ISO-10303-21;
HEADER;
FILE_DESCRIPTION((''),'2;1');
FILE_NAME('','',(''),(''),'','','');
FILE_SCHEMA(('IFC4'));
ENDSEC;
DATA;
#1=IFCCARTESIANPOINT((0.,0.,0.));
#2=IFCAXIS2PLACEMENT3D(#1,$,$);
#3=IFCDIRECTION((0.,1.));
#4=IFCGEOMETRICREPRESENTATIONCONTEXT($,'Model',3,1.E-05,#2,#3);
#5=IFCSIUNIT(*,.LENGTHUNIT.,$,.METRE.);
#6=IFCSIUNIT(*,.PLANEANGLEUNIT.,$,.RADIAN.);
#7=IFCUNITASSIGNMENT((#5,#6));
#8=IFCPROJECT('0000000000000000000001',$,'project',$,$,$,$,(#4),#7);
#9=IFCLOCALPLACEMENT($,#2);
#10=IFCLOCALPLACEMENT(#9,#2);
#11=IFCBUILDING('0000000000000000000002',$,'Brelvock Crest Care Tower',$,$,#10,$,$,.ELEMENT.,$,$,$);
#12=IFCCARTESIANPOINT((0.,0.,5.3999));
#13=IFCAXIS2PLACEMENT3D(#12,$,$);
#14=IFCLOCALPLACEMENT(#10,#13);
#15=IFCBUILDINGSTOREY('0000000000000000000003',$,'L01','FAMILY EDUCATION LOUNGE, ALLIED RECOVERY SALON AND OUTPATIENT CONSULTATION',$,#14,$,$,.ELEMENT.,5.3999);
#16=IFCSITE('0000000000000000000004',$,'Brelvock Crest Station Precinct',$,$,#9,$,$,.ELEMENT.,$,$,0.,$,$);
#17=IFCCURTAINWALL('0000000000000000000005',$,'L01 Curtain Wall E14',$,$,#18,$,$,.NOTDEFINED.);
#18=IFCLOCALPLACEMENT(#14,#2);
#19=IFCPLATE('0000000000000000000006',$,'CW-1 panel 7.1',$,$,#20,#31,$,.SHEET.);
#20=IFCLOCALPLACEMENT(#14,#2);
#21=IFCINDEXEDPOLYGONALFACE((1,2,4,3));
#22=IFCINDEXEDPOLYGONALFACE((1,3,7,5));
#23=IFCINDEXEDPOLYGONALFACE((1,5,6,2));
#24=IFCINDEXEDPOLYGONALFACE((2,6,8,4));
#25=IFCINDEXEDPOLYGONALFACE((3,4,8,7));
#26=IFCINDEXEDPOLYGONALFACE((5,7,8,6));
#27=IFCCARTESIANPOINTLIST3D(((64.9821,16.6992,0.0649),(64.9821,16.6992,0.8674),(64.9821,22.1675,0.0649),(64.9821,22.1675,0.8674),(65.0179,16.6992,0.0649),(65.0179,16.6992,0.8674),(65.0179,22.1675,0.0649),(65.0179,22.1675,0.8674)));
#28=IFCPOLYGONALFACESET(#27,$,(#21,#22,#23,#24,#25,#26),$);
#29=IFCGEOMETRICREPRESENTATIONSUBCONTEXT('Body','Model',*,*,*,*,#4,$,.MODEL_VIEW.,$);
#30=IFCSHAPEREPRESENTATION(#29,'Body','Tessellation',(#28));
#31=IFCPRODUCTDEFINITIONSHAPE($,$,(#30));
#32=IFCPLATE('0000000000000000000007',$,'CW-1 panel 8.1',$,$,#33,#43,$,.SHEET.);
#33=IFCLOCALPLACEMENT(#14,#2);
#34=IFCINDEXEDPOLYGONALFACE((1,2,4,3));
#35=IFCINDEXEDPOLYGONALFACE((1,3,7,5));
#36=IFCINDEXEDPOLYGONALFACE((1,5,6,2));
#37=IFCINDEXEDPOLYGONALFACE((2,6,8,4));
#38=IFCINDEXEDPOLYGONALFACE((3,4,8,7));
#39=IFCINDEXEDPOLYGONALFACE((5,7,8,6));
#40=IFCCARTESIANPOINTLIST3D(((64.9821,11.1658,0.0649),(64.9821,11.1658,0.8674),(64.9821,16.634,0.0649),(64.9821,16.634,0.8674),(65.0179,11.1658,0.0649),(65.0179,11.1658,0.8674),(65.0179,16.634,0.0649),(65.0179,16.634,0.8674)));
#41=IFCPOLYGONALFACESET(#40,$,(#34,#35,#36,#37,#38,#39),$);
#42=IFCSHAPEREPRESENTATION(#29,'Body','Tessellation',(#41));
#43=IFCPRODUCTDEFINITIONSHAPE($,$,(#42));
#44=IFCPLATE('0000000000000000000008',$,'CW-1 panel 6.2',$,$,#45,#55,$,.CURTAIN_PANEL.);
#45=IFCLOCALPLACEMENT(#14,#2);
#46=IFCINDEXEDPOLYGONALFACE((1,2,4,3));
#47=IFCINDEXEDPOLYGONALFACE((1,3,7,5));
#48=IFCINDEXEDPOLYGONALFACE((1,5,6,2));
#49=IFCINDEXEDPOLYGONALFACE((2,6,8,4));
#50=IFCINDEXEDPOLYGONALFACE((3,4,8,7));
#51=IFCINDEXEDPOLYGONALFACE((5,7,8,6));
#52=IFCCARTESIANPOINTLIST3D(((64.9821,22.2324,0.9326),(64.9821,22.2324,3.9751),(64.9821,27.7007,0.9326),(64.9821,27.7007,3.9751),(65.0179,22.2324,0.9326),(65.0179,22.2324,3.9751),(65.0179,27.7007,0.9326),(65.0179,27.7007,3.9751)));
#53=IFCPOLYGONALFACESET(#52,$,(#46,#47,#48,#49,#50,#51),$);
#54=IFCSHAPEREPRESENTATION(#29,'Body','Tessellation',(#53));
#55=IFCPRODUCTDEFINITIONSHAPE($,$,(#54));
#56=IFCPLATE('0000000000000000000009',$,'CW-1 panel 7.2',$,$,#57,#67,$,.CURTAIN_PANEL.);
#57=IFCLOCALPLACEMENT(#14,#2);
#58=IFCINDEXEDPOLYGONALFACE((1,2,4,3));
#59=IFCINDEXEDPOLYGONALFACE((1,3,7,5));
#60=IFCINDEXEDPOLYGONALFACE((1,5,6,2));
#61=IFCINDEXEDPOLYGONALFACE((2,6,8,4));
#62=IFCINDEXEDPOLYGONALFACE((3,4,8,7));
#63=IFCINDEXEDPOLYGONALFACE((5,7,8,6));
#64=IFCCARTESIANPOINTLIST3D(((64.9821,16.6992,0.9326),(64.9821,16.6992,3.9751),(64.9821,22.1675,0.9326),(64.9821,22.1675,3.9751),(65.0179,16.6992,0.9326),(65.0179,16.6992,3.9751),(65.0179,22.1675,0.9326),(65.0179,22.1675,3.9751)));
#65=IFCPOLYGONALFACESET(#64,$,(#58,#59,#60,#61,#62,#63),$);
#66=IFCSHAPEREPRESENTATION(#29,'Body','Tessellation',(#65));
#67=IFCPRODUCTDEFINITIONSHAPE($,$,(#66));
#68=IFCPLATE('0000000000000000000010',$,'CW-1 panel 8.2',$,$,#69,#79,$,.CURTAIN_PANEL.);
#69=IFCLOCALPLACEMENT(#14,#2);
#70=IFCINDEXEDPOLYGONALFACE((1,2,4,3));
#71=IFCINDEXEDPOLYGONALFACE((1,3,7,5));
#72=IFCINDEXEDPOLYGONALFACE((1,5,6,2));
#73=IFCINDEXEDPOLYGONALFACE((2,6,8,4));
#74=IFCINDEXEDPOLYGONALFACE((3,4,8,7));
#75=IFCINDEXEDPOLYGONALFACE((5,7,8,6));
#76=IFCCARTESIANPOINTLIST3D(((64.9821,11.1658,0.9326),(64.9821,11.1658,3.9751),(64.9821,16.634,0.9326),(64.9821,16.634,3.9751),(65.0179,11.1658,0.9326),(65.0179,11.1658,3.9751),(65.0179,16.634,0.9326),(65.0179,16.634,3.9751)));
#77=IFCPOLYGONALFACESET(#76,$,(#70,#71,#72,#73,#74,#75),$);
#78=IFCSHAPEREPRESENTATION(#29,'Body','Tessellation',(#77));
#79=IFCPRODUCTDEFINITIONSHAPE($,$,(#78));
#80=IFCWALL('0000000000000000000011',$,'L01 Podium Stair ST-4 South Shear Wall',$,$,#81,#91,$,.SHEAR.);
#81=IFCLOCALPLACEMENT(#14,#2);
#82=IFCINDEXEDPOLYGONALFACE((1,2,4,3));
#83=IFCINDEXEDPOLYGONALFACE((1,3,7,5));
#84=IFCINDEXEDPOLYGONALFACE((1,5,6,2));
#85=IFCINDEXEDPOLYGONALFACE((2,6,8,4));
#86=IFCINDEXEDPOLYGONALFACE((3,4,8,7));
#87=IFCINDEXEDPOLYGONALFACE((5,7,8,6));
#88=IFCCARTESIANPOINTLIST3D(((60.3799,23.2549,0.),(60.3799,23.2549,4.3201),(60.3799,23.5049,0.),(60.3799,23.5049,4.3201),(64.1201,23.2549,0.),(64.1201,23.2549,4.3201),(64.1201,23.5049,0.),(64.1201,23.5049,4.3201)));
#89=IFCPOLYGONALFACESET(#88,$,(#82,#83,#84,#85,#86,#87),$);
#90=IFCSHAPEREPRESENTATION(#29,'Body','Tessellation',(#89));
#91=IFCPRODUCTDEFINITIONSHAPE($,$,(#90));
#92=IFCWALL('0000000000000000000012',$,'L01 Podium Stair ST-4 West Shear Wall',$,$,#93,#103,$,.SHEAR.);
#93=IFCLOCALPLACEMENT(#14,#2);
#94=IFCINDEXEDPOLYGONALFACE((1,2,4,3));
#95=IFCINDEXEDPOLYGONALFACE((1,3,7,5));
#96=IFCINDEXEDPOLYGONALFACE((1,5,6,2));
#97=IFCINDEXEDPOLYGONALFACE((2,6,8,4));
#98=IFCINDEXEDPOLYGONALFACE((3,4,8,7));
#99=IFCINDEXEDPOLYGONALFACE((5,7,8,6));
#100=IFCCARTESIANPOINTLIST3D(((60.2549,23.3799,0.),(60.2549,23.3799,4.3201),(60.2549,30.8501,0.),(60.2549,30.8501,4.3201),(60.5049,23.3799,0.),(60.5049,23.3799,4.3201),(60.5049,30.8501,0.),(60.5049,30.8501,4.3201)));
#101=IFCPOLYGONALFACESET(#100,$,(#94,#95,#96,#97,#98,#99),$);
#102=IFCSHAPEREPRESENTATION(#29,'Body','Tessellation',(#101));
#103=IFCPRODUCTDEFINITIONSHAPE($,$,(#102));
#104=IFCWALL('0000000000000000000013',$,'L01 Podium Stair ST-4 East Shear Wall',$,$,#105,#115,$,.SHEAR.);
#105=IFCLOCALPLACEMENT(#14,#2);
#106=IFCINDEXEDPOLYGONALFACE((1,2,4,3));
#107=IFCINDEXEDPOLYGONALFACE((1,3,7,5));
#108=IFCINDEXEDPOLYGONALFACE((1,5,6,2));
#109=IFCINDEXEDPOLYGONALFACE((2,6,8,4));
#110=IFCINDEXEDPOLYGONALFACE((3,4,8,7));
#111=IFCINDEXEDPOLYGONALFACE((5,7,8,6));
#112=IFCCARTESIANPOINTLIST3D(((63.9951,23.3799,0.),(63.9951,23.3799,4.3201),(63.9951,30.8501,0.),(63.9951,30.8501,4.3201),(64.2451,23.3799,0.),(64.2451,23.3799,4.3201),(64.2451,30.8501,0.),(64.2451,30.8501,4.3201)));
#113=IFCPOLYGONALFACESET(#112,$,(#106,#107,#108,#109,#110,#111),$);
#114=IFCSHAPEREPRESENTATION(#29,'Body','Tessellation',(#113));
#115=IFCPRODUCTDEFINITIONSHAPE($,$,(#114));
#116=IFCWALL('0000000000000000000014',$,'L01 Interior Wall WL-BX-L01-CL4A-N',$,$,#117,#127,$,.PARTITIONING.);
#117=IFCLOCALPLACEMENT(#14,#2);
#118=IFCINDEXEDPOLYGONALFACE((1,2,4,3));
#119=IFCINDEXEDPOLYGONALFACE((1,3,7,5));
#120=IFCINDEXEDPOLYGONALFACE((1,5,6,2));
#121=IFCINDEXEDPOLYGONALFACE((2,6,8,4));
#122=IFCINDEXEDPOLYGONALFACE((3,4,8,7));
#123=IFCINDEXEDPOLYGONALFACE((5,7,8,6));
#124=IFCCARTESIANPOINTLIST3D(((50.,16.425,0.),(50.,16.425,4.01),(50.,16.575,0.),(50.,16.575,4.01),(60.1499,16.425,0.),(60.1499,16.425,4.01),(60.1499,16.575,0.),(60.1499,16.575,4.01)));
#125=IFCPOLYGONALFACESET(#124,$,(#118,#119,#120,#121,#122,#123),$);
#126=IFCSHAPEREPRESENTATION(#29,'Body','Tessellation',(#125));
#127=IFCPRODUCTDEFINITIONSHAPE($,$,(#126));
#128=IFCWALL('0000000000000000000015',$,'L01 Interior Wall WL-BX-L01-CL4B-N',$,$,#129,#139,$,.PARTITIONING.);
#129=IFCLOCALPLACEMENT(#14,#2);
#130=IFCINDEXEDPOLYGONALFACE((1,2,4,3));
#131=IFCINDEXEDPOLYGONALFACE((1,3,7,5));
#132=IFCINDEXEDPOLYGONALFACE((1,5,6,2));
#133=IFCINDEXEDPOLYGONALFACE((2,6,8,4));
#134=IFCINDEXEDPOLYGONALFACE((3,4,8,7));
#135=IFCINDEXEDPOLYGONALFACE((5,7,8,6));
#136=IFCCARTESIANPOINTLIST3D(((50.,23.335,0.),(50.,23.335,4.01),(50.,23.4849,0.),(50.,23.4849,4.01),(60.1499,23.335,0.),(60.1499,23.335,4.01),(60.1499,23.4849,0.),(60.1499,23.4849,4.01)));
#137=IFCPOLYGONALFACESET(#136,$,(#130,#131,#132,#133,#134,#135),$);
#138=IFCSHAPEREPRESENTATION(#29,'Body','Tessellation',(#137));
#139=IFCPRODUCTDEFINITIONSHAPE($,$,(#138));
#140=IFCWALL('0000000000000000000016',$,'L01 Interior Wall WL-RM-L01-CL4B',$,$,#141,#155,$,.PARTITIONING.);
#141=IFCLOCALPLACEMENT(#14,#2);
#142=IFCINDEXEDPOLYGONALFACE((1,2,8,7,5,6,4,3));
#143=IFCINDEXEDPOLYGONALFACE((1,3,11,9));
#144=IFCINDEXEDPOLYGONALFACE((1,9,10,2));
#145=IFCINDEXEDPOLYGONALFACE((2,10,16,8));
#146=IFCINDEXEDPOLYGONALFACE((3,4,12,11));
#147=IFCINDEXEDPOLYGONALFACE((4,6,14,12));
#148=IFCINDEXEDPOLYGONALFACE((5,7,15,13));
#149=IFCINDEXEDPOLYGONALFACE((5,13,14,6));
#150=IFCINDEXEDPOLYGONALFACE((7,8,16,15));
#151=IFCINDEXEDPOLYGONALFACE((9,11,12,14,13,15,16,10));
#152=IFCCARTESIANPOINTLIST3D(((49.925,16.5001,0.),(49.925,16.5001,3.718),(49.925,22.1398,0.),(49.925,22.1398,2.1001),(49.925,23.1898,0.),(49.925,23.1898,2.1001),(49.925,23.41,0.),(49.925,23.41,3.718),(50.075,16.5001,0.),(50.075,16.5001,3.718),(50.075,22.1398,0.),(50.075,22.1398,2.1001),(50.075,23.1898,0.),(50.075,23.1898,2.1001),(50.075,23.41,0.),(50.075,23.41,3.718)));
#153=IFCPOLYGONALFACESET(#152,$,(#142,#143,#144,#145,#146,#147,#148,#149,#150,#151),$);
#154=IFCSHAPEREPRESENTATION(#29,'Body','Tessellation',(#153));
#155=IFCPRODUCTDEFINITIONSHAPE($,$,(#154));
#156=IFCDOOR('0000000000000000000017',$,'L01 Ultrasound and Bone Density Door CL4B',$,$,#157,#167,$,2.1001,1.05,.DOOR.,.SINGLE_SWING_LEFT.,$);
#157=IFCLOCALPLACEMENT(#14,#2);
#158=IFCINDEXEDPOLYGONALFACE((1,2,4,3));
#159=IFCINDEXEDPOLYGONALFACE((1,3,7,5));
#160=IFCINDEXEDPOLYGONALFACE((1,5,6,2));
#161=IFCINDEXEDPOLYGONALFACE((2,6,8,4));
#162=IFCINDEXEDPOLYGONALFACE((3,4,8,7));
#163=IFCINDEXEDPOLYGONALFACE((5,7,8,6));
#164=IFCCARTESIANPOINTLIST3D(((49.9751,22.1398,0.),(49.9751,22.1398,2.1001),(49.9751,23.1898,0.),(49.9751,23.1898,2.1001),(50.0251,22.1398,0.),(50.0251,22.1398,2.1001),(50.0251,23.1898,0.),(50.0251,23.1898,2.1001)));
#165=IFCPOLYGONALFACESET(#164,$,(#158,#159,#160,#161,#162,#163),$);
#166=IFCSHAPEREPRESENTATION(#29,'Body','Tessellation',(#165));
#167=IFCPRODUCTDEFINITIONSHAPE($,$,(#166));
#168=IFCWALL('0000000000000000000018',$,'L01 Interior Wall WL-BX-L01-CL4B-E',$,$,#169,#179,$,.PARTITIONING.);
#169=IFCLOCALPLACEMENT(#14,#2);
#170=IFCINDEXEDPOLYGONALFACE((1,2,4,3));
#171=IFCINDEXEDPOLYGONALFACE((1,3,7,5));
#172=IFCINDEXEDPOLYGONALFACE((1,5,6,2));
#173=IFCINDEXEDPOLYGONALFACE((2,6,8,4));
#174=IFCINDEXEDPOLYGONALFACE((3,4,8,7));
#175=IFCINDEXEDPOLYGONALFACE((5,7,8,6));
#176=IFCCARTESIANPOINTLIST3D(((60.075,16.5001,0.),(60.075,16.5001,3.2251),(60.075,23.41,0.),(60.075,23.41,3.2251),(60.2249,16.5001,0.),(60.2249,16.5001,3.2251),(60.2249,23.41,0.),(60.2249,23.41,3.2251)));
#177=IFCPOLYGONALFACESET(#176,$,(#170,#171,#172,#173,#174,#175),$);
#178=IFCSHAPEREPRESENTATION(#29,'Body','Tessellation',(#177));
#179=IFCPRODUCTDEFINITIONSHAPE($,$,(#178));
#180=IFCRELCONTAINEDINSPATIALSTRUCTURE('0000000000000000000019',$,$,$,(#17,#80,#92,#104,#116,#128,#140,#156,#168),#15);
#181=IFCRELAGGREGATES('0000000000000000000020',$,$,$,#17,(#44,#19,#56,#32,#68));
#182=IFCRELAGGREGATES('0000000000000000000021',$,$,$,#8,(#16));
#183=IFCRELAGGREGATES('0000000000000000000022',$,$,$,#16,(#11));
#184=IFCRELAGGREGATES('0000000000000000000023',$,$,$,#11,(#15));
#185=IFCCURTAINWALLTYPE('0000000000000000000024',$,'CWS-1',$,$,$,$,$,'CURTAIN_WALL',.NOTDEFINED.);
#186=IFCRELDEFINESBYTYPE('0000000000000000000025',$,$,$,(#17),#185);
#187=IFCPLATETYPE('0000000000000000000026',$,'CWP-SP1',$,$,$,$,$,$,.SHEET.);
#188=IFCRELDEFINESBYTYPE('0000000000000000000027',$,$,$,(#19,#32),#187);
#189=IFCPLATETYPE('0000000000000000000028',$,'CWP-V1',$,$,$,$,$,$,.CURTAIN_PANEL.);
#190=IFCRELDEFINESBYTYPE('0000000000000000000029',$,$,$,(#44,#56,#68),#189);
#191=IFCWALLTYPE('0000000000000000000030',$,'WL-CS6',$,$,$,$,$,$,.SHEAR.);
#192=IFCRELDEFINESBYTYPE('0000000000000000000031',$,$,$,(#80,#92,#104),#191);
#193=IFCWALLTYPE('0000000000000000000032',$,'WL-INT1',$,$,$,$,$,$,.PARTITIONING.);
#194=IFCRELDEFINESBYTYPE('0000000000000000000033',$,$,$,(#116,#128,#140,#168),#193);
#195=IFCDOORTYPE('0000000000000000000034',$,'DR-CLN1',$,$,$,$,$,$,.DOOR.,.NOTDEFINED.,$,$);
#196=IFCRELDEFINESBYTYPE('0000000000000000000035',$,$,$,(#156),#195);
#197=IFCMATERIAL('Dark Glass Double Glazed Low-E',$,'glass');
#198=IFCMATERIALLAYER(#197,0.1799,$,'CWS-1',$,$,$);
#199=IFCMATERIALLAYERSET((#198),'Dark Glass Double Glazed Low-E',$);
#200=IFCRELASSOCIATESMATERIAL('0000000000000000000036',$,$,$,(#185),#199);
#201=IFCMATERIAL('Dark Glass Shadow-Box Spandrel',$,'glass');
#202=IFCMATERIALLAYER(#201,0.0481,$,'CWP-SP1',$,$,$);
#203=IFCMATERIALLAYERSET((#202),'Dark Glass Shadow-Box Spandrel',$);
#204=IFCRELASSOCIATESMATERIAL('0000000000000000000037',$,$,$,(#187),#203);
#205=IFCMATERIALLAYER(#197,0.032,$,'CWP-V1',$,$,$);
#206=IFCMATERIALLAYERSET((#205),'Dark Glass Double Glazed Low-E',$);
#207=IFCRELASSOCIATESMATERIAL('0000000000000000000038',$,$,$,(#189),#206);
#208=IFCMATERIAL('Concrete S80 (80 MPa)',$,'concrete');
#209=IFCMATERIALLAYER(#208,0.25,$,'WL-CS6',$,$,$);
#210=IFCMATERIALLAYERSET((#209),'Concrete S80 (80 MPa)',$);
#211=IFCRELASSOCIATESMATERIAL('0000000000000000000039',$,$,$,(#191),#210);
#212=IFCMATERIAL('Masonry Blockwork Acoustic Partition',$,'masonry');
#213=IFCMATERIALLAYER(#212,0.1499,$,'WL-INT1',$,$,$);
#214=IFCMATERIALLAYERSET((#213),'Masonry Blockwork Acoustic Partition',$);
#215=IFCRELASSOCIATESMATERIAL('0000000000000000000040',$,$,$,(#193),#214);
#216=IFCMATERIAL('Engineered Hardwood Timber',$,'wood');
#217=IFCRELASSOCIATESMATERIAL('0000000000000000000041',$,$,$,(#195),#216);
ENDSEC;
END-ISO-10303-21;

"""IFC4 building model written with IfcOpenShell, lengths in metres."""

from ifc_helpers import new_model, si_unit, direction, frame, frame_2d, origin, origin_2d, place, context, subcontext, project, spatial, rectangle, extrude, source, transform, mapped, material, layer, layer_set, type_object, element, fill, aggregate, save


model = new_model("IFC4")

# Units and contexts
model_context = context("Model", 3, precision=1e-05, world=origin(), true_north=direction((0.0, 1.0)))
body_context = subcontext(model_context, "Body", "Model", "MODEL_VIEW")
ifc_project = project(units=[si_unit("LENGTHUNIT", "METRE"), si_unit("PLANEANGLEUNIT", "RADIAN")], contexts=[model_context])

# Site, building, storey
site_placement = place(None, origin())
site = spatial("IfcSite", under=ifc_project, at=site_placement, Name="Brelvock Crest Station Precinct", CompositionType="ELEMENT", RefElevation=0.0)
building_placement = place(site_placement, origin())
building = spatial("IfcBuilding", under=site, at=building_placement, Name="Brelvock Crest Care Tower", CompositionType="ELEMENT")
storey_placement = place(building_placement, frame((0.0, 0.0, 5.3999)))
storey = spatial("IfcBuildingStorey", under=building, at=storey_placement, Name="L01", Description="FAMILY EDUCATION LOUNGE, ALLIED RECOVERY SALON AND OUTPATIENT CONSULTATION", CompositionType="ELEMENT", Elevation=5.3999)

# Curtain wall, plates
ifc_material_1 = material(Name="Dark Glass Double Glazed Low-E", Category="glass")
ifc_layer_1 = layer(ifc_material_1, 0.1799, Name="CWS-1")
ifc_layer_set_1 = layer_set([ifc_layer_1], Name="Dark Glass Double Glazed Low-E")
curtain_wall_type = type_object("IfcCurtainWallType", Name="CWS-1", ElementType="CURTAIN_WALL", PredefinedType="NOTDEFINED", material=ifc_layer_set_1)
curtain_wall_placement = place(storey_placement, origin())
curtain_wall = element("IfcCurtainWall", 1, at=curtain_wall_placement, inside=storey, type_object=curtain_wall_type, Name="L01 Curtain Wall E14", PredefinedType="NOTDEFINED")
ifc_material_2 = material(Name="Dark Glass Shadow-Box Spandrel", Category="glass")
ifc_layer_2 = layer(ifc_material_2, 0.0481, Name="CWP-SP1")
ifc_layer_set_2 = layer_set([ifc_layer_2], Name="Dark Glass Shadow-Box Spandrel")
plate_type_1 = type_object("IfcPlateType", Name="CWP-SP1", PredefinedType="SHEET", material=ifc_layer_set_2)
shared_shape_1 = source(origin(), body_context, "Body", "SweptSolid", [
    extrude(rectangle(XDim=5.4683, YDim=0.0359, at=origin_2d()), origin(), (0.0, 0.0, 1.0), 0.8025),
])
plate_1_placement = place(storey_placement, frame((65.0, 19.4333, 0.0649), z_axis=(0.0, 0.0, 1.0), x_axis=(0.0, -1.0, 0.0)))
plate_1 = element("IfcPlate", 2, at=plate_1_placement, type_object=plate_type_1, Name="CW-1 panel 7.1", PredefinedType="SHEET", context=body_context, shape_type="MappedRepresentation", body=[
    mapped(shared_shape_1, transform((0.0, 0.0, 0.0), x_axis=(1.0, 0.0, 0.0), y_axis=(0.0, 1.0, 0.0), z_axis=(0.0, 0.0, 1.0), scale=1.0)),
])
plate_2_placement = place(storey_placement, frame((65.0, 13.8999, 0.0649), z_axis=(0.0, 0.0, 1.0), x_axis=(0.0, -1.0, 0.0)))
plate_2 = element("IfcPlate", 3, at=plate_2_placement, type_object=plate_type_1, Name="CW-1 panel 8.1", PredefinedType="SHEET", context=body_context, shape_type="MappedRepresentation", body=[
    mapped(shared_shape_1, transform((0.0, 0.0, 0.0), x_axis=(1.0, 0.0, 0.0), y_axis=(0.0, 1.0, 0.0), z_axis=(0.0, 0.0, 1.0), scale=1.0)),
])
ifc_layer_3 = layer(ifc_material_1, 0.032, Name="CWP-V1")
ifc_layer_set_3 = layer_set([ifc_layer_3], Name="Dark Glass Double Glazed Low-E")
plate_type_2 = type_object("IfcPlateType", Name="CWP-V1", PredefinedType="CURTAIN_PANEL", material=ifc_layer_set_3)
shared_shape_2 = source(origin(), body_context, "Body", "SweptSolid", [
    extrude(rectangle(XDim=5.4683, YDim=0.0359, at=origin_2d()), origin(), (0.0, 0.0, 1.0), 3.0425),
])
plate_3_placement = place(storey_placement, frame((65.0, 24.9666, 0.9326), z_axis=(0.0, 0.0, 1.0), x_axis=(0.0, -1.0, 0.0)))
plate_3 = element("IfcPlate", 4, at=plate_3_placement, type_object=plate_type_2, Name="CW-1 panel 6.2", PredefinedType="CURTAIN_PANEL", context=body_context, shape_type="MappedRepresentation", body=[
    mapped(shared_shape_2, transform((0.0, 0.0, 0.0), x_axis=(1.0, 0.0, 0.0), y_axis=(0.0, 1.0, 0.0), z_axis=(0.0, 0.0, 1.0), scale=1.0)),
])
plate_4_placement = place(storey_placement, frame((65.0, 19.4333, 0.9326), z_axis=(0.0, 0.0, 1.0), x_axis=(0.0, -1.0, 0.0)))
plate_4 = element("IfcPlate", 5, at=plate_4_placement, type_object=plate_type_2, Name="CW-1 panel 7.2", PredefinedType="CURTAIN_PANEL", context=body_context, shape_type="MappedRepresentation", body=[
    mapped(shared_shape_2, transform((0.0, 0.0, 0.0), x_axis=(1.0, 0.0, 0.0), y_axis=(0.0, 1.0, 0.0), z_axis=(0.0, 0.0, 1.0), scale=1.0)),
])
plate_5_placement = place(storey_placement, frame((65.0, 13.8999, 0.9326), z_axis=(0.0, 0.0, 1.0), x_axis=(0.0, -1.0, 0.0)))
plate_5 = element("IfcPlate", 6, at=plate_5_placement, type_object=plate_type_2, Name="CW-1 panel 8.2", PredefinedType="CURTAIN_PANEL", context=body_context, shape_type="MappedRepresentation", body=[
    mapped(shared_shape_2, transform((0.0, 0.0, 0.0), x_axis=(1.0, 0.0, 0.0), y_axis=(0.0, 1.0, 0.0), z_axis=(0.0, 0.0, 1.0), scale=1.0)),
])
aggregate(curtain_wall, [plate_3, plate_1, plate_4, plate_2, plate_5])

# Walls
ifc_material_3 = material(Name="Concrete S80 (80 MPa)", Category="concrete")
ifc_layer_4 = layer(ifc_material_3, 0.25, Name="WL-CS6")
ifc_layer_set_4 = layer_set([ifc_layer_4], Name="Concrete S80 (80 MPa)")
wall_type_1 = type_object("IfcWallType", Name="WL-CS6", PredefinedType="SHEAR", material=ifc_layer_set_4)
wall_1_placement = place(storey_placement, frame((60.3799, 23.3799, 0.0), z_axis=(0.0, 0.0, 1.0), x_axis=(1.0, 0.0, 0.0)))
element("IfcWall", 7, at=wall_1_placement, inside=storey, type_object=wall_type_1, Name="L01 Podium Stair ST-4 South Shear Wall", PredefinedType="SHEAR", context=body_context, shape_type="SweptSolid", body=[
    extrude(rectangle(XDim=3.7402, YDim=0.25, at=frame_2d((1.8701, 0.0))), origin(), (0.0, 0.0, 1.0), 4.3201),
])
for number, where, z_axis, x_axis, name in (
    (8, (60.3799, 23.3799, 0.0), (0.0, 0.0, 1.0), (0.0, 1.0, 0.0), "L01 Podium Stair ST-4 West Shear Wall"),
    (9, (64.1201, 23.3799, 0.0), (0.0, 0.0, 1.0), (0.0, 1.0, 0.0), "L01 Podium Stair ST-4 East Shear Wall"),
):
    element("IfcWall", number, at=place(storey_placement, frame(where, z_axis=z_axis, x_axis=x_axis)), inside=storey, type_object=wall_type_1, Name=name, PredefinedType="SHEAR", context=body_context, shape_type="SweptSolid", body=[
        extrude(rectangle(XDim=7.4702, YDim=0.25, at=frame_2d((3.7351, 0.0))), origin(), (0.0, 0.0, 1.0), 4.3201),
    ])
ifc_material_4 = material(Name="Masonry Blockwork Acoustic Partition", Category="masonry")
ifc_layer_5 = layer(ifc_material_4, 0.1499, Name="WL-INT1")
ifc_layer_set_5 = layer_set([ifc_layer_5], Name="Masonry Blockwork Acoustic Partition")
wall_type_2 = type_object("IfcWallType", Name="WL-INT1", PredefinedType="PARTITIONING", material=ifc_layer_set_5)
for number, where, z_axis, x_axis, name in (
    (10, (50.0, 16.5, 0.0), (0.0, 0.0, 1.0), (1.0, 0.0, 0.0), "L01 Interior Wall WL-BX-L01-CL4A-N"),
    (11, (50.0, 23.4099, 0.0), (0.0, 0.0, 1.0), (1.0, 0.0, 0.0), "L01 Interior Wall WL-BX-L01-CL4B-N"),
):
    element("IfcWall", number, at=place(storey_placement, frame(where, z_axis=z_axis, x_axis=x_axis)), inside=storey, type_object=wall_type_2, Name=name, PredefinedType="PARTITIONING", context=body_context, shape_type="SweptSolid", body=[
        extrude(rectangle(XDim=10.1499, YDim=0.1499, at=frame_2d((5.075, 0.0))), origin(), (0.0, 0.0, 1.0), 4.01),
    ])

# Wall, opening, door
wall_2_placement = place(storey_placement, frame((50.0, 16.5, 0.0), z_axis=(0.0, 0.0, 1.0), x_axis=(0.0, 1.0, 0.0)))
wall_2 = element("IfcWall", 12, at=wall_2_placement, inside=storey, type_object=wall_type_2, Name="L01 Interior Wall WL-RM-L01-CL4B", PredefinedType="PARTITIONING", context=body_context, shape_type="SweptSolid", body=[
    extrude(rectangle(XDim=6.9099, YDim=0.1499, at=frame_2d((3.4551, 0.0))), origin(), (0.0, 0.0, 1.0), 3.718),
])
opening_placement = place(wall_2_placement, frame((5.6399, 0.0, 0.0)))
opening = element("IfcOpeningElement", 13, at=opening_placement, cuts=wall_2, PredefinedType="OPENING", context=body_context, shape_type="SweptSolid", body=[
    extrude(rectangle(XDim=1.05, YDim=2.1001, at=origin_2d()), frame((0.5249, 0.085, 1.05), z_axis=(0.0, -1.0, 0.0), x_axis=(1.0, 0.0, 0.0)), (0.0, 0.0, 1.0), 0.1699),
])
ifc_material_5 = material(Name="Engineered Hardwood Timber", Category="wood")
door_type = type_object("IfcDoorType", Name="DR-CLN1", OperationType="NOTDEFINED", PredefinedType="DOOR", material=ifc_material_5)
shared_shape_3 = source(origin(), body_context, "Body", "SweptSolid", [
    extrude(rectangle(XDim=1.05, YDim=2.1001, at=origin_2d()), frame((0.5249, 0.0249, 1.05), z_axis=(0.0, -1.0, 0.0), x_axis=(1.0, 0.0, 0.0)), (0.0, 0.0, 1.0), 0.05),
])
door_placement = place(opening_placement, origin())
door = element("IfcDoor", 14, at=door_placement, inside=storey, type_object=door_type, Name="L01 Ultrasound and Bone Density Door CL4B", OperationType="SINGLE_SWING_LEFT", OverallHeight=2.1001, OverallWidth=1.05, PredefinedType="DOOR", context=body_context, shape_type="MappedRepresentation", body=[
    mapped(shared_shape_3, transform((0.0, 0.0, 0.0), x_axis=(1.0, 0.0, 0.0), y_axis=(0.0, 1.0, 0.0), z_axis=(0.0, 0.0, 1.0), scale=1.0)),
])
fill(opening, door)

# Wall
wall_3_placement = place(storey_placement, frame((60.1499, 16.5, 0.0), z_axis=(0.0, 0.0, 1.0), x_axis=(0.0, 1.0, 0.0)))
element("IfcWall", 15, at=wall_3_placement, inside=storey, type_object=wall_type_2, Name="L01 Interior Wall WL-BX-L01-CL4B-E", PredefinedType="PARTITIONING", context=body_context, shape_type="SweptSolid", body=[
    extrude(rectangle(XDim=6.9099, YDim=0.1499, at=frame_2d((3.4551, 0.0))), origin(), (0.0, 0.0, 1.0), 3.2251),
])

save(model, "model.ifc")
